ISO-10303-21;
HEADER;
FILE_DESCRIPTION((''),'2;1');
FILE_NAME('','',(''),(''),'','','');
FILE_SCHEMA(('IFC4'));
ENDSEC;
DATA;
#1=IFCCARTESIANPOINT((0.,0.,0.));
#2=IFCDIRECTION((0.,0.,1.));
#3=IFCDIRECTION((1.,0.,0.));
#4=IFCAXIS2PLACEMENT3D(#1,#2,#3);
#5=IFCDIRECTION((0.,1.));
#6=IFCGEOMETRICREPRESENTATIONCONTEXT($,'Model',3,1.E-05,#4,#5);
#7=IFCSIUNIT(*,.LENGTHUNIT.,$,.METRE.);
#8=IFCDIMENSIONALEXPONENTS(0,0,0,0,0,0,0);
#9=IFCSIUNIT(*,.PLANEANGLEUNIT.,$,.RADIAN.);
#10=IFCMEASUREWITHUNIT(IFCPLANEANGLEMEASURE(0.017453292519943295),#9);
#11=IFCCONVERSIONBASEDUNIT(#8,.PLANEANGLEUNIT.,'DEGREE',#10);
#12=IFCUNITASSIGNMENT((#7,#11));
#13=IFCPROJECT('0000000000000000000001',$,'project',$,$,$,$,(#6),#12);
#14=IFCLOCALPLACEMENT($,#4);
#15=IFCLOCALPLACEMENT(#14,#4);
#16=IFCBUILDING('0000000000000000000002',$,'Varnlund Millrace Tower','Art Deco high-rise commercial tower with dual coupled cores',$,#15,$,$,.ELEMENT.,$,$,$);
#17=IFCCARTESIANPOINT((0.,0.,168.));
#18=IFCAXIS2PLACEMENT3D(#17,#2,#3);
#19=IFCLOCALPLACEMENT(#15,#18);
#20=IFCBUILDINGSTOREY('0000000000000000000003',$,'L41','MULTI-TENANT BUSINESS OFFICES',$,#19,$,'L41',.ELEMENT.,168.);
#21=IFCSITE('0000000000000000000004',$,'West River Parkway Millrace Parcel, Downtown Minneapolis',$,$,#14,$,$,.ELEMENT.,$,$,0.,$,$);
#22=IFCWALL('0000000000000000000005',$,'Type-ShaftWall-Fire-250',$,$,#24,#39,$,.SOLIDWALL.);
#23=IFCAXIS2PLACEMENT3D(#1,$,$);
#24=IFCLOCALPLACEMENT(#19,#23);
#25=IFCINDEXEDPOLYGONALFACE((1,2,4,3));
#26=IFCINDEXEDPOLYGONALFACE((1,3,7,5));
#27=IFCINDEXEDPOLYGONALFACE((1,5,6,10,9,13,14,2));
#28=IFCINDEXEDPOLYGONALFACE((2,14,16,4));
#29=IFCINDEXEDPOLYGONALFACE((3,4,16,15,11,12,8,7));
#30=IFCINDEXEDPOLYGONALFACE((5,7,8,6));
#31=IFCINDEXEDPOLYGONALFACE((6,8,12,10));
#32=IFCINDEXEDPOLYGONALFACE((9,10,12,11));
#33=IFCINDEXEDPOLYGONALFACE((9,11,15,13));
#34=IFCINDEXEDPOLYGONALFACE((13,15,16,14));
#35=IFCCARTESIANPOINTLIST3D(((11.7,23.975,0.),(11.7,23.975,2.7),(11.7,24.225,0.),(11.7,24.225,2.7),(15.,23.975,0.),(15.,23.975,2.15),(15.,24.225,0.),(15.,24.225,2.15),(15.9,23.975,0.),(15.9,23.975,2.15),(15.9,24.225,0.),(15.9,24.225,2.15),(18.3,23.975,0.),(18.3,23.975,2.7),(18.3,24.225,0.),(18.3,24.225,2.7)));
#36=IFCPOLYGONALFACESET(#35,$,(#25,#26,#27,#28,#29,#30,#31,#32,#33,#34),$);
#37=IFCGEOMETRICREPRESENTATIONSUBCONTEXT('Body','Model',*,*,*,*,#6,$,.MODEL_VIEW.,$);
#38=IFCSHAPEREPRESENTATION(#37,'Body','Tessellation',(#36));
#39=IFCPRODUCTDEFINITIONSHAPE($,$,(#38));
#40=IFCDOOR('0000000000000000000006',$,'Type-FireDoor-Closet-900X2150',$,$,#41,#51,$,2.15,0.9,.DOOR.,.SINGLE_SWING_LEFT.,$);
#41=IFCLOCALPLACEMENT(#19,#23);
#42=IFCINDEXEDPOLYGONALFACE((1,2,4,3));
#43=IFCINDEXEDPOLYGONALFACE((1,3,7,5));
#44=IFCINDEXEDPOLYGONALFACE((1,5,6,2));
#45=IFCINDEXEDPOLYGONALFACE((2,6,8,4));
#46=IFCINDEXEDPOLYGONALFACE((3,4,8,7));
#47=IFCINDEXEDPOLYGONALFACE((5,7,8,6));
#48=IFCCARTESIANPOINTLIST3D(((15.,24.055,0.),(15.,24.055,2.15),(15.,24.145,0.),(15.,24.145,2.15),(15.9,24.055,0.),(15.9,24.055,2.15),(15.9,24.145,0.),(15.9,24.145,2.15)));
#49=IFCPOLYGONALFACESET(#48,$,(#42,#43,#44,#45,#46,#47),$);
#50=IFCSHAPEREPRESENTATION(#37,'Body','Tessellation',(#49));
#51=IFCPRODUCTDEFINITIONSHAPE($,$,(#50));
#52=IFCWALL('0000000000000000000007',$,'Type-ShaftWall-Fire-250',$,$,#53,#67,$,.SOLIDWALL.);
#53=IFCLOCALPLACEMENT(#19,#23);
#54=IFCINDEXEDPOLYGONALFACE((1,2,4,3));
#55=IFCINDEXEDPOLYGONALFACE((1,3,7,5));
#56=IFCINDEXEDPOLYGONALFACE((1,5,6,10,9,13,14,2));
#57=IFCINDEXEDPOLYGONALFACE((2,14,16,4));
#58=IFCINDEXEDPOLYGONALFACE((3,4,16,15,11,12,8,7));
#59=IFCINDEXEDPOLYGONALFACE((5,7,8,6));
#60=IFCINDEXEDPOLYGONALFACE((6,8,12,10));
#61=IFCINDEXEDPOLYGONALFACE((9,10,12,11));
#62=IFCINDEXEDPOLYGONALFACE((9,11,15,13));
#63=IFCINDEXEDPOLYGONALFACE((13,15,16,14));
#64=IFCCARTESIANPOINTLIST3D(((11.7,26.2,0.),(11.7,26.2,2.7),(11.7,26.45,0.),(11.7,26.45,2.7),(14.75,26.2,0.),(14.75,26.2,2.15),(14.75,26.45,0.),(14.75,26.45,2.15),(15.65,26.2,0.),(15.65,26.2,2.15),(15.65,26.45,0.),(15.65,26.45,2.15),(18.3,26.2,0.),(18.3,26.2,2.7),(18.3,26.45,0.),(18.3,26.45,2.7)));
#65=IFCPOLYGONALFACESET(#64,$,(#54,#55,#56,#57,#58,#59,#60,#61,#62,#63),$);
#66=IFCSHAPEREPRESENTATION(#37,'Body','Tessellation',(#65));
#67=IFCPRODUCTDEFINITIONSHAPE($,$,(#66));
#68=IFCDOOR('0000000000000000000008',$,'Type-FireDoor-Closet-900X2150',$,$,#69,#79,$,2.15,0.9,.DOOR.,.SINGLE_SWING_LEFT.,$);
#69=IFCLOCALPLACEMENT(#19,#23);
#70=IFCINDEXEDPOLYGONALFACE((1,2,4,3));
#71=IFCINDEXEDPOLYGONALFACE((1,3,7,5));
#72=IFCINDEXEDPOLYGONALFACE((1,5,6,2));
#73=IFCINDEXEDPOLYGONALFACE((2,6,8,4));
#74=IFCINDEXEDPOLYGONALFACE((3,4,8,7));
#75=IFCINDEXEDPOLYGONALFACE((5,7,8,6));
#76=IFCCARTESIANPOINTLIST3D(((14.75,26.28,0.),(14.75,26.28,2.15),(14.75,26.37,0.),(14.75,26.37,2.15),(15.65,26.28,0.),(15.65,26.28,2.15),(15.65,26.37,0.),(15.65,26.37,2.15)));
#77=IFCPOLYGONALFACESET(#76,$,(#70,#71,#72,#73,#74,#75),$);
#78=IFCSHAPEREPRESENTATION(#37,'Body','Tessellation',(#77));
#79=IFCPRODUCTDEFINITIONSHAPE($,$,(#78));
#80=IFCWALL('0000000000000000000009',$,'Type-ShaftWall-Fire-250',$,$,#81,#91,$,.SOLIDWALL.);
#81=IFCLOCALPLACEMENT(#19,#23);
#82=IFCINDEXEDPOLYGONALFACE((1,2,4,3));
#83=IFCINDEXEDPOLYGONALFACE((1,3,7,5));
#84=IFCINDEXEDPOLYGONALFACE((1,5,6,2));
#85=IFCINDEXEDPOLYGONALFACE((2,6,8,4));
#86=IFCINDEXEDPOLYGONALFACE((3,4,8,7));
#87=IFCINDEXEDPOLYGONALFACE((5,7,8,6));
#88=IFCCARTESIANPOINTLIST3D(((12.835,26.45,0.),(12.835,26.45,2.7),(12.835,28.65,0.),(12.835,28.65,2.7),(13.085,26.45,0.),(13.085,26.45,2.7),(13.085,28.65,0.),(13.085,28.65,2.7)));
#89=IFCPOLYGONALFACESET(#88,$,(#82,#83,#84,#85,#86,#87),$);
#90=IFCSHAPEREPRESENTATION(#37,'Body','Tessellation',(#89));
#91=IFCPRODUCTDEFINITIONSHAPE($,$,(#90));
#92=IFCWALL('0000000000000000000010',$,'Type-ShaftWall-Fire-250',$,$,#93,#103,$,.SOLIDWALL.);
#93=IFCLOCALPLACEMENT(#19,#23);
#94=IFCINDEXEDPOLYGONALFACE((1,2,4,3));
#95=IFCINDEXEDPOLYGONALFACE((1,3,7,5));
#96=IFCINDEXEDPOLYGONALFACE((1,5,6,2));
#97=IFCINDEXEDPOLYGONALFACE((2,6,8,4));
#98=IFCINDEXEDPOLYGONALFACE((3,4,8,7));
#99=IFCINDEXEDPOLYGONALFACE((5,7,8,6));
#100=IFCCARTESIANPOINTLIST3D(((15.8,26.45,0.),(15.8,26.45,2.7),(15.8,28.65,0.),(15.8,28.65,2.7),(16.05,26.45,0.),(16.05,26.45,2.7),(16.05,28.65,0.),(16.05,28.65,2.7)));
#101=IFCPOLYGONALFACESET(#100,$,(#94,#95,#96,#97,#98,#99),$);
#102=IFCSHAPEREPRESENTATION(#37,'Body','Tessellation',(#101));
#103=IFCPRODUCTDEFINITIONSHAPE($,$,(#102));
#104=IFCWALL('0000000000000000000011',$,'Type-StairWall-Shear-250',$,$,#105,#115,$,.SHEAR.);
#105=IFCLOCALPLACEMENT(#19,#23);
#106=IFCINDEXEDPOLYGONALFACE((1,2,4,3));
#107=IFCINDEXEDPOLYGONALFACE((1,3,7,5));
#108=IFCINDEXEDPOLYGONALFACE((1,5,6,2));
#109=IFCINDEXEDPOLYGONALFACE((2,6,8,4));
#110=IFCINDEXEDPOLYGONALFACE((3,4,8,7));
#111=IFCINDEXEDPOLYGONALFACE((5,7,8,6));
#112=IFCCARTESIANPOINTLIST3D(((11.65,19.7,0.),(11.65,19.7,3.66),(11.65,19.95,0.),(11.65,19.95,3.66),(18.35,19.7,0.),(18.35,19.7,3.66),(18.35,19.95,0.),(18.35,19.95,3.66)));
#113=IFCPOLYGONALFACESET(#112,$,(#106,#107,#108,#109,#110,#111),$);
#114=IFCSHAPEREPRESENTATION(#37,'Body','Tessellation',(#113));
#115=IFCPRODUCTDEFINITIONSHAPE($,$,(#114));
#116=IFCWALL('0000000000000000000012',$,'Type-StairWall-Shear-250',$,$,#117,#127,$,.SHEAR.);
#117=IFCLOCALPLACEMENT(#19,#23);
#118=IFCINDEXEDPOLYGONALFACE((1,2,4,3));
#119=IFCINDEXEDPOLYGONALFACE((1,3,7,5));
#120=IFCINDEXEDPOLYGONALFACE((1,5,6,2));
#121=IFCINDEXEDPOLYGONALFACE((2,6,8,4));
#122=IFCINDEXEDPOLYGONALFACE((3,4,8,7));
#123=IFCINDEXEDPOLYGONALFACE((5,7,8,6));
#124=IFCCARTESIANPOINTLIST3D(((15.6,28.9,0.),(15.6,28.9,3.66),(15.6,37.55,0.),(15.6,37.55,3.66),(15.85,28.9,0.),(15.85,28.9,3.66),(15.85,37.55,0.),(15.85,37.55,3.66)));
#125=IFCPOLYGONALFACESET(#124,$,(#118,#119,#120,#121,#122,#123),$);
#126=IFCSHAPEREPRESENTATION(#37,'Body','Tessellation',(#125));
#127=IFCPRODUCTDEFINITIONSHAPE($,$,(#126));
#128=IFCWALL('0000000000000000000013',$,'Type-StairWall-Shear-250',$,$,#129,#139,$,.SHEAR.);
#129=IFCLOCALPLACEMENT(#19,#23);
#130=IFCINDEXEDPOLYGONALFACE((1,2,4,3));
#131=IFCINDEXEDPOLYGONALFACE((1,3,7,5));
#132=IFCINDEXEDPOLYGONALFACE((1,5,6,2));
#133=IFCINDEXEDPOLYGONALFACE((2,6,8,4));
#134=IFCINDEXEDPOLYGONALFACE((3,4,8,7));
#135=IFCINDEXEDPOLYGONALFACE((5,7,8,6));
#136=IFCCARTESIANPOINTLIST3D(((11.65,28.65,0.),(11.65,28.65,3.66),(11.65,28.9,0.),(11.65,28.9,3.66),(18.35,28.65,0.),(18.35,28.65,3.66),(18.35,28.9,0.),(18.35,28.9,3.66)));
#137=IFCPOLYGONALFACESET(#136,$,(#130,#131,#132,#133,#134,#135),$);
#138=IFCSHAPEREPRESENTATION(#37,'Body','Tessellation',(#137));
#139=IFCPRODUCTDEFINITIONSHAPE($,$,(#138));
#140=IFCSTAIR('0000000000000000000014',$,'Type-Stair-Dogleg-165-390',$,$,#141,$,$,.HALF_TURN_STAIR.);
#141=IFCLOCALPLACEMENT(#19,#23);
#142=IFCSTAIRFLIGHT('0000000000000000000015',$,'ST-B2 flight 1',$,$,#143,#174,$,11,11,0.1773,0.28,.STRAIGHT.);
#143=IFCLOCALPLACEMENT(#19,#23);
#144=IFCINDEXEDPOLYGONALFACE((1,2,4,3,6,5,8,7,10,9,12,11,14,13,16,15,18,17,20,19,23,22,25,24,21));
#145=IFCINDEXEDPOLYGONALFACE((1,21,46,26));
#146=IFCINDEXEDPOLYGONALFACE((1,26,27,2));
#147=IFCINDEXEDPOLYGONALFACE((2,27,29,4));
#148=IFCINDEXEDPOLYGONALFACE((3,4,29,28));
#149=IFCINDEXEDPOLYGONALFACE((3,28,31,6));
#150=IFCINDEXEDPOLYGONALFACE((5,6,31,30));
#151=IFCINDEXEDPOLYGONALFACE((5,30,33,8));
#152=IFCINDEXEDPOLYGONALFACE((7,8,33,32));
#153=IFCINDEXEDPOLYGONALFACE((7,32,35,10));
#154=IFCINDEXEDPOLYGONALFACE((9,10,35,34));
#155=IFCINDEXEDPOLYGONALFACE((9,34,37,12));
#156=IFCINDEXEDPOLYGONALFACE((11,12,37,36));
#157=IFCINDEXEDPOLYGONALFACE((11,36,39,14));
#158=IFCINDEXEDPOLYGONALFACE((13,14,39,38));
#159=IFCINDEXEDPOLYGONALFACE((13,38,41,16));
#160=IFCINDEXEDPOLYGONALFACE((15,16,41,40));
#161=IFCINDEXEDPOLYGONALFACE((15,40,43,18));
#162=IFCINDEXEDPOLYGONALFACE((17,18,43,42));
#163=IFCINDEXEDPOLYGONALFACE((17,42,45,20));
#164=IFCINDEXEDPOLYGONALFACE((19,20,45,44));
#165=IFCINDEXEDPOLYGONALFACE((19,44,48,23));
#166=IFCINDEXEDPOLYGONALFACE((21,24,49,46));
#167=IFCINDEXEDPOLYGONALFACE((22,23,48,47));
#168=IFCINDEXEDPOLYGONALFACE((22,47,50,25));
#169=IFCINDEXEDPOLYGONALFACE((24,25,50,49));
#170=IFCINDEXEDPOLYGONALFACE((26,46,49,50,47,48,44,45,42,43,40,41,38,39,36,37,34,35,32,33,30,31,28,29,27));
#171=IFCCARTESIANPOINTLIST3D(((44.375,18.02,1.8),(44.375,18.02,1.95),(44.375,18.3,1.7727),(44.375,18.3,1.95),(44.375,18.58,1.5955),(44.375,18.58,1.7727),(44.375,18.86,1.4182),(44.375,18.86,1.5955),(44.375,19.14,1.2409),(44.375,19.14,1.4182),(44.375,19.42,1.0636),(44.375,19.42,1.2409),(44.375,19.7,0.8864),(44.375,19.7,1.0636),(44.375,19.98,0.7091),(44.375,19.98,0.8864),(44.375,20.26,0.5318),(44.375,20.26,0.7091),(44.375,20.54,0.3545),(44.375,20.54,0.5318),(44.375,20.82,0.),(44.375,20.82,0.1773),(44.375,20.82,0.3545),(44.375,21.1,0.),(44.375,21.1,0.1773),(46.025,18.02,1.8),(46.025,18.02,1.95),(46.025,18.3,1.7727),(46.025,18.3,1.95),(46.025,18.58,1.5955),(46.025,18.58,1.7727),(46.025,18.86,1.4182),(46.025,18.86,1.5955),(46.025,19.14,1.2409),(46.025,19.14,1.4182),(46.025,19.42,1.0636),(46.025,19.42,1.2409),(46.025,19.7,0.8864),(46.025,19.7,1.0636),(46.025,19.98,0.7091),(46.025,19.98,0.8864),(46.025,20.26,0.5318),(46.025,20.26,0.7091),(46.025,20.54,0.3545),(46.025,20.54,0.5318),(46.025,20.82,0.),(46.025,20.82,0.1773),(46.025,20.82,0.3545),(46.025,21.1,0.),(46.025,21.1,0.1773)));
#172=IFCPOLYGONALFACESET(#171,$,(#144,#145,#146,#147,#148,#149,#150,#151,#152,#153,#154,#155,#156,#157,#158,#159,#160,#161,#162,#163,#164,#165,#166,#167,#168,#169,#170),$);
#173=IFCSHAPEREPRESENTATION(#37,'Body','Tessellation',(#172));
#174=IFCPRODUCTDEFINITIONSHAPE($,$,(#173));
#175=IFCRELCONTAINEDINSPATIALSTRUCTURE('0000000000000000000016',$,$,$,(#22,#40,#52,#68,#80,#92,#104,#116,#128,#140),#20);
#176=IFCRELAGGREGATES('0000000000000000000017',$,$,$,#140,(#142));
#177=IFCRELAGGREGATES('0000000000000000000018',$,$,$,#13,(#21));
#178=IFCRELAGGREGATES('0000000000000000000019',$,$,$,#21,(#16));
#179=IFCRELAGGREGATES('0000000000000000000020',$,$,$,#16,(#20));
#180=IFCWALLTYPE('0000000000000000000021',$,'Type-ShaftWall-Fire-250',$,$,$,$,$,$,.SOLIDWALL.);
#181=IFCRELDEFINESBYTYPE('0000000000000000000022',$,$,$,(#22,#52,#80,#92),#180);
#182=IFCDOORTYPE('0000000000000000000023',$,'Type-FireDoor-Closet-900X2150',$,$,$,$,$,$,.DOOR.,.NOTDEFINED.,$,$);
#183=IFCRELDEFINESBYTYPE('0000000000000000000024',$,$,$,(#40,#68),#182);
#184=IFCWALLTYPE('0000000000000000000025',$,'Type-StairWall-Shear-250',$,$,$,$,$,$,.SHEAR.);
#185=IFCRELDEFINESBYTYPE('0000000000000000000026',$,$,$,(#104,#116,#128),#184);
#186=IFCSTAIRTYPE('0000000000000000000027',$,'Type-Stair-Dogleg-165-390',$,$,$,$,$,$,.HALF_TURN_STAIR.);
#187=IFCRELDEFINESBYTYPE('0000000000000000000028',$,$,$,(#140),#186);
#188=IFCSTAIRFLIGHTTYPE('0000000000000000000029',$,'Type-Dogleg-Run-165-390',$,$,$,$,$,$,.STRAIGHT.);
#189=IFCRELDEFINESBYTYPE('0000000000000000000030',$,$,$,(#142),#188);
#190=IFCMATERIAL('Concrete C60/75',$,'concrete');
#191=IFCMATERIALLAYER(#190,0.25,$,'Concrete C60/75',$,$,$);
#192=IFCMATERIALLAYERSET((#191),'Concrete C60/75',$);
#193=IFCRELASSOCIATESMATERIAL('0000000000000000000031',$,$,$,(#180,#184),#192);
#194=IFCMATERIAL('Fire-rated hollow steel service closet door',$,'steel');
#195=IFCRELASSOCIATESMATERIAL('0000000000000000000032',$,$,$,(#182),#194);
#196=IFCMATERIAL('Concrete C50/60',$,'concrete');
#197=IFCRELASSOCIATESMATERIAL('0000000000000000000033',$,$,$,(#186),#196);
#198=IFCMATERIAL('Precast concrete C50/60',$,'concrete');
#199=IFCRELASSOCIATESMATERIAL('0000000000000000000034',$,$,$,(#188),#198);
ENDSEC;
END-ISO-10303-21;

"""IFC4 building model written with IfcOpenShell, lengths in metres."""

from ifc_helpers import new_model, entity, si_unit, converted_unit, direction, frame, origin_with_axes, origin_2d_with_axis, place, context, subcontext, project, spatial, polyline, rectangle, outline, extrude, material, layer, layer_set, type_object, element, fill, aggregate, save


model = new_model("IFC4")

# Units and contexts
model_context = context("Model", 3, precision=1e-05, world=origin_with_axes(), true_north=direction((0.0, 1.0)))
body_context = subcontext(model_context, "Body", "Model", "MODEL_VIEW")
ifc_project = project(units=[si_unit("LENGTHUNIT", "METRE"), converted_unit("PLANEANGLEUNIT", "DEGREE", entity("IfcPlaneAngleMeasure", 0.017453292519943295), si_unit("PLANEANGLEUNIT", "RADIAN"), dimensions=[0, 0, 0, 0, 0, 0, 0])], contexts=[model_context])

# Site, building, storey
site_placement = place(None, origin_with_axes())
site = spatial("IfcSite", under=ifc_project, at=site_placement, Name="West River Parkway Millrace Parcel, Downtown Minneapolis", CompositionType="ELEMENT", RefElevation=0.0)
building_placement = place(site_placement, origin_with_axes())
building = spatial("IfcBuilding", under=site, at=building_placement, Name="Varnlund Millrace Tower", Description="Art Deco high-rise commercial tower with dual coupled cores", CompositionType="ELEMENT")
storey_placement = place(building_placement, frame((0.0, 0.0, 168.0), z_axis=(0.0, 0.0, 1.0), x_axis=(1.0, 0.0, 0.0)))
storey = spatial("IfcBuildingStorey", under=building, at=storey_placement, Name="L41", Description="MULTI-TENANT BUSINESS OFFICES", LongName="L41", CompositionType="ELEMENT", Elevation=168.0)

# Shared definitions
ifc_material_1 = material(Name="Concrete C60/75", Category="concrete")
ifc_layer_1 = layer(ifc_material_1, 0.25, Name="Concrete C60/75")
ifc_layer_set_1 = layer_set([ifc_layer_1], Name="Concrete C60/75")
wall_type_1 = type_object("IfcWallType", Name="Type-ShaftWall-Fire-250", PredefinedType="SOLIDWALL", material=ifc_layer_set_1)

# Walls, openings, doors
wall_1_placement = place(storey_placement, frame((11.7, 24.1, 0.0), z_axis=(0.0, 0.0, 1.0), x_axis=(1.0, 0.0, 0.0)))
wall_1 = element("IfcWall", 1, at=wall_1_placement, inside=storey, type_object=wall_type_1, Name="Type-ShaftWall-Fire-250", PredefinedType="SOLIDWALL", context=body_context, shape_type="SweptSolid", body=[
    extrude(outline(polyline([(0.0, -0.125), (6.6, -0.125), (6.6, 0.125), (0.0, 0.125), (0.0, -0.125)])), origin_with_axes(), (0.0, 0.0, 1.0), 2.7),
])
opening_1_placement = place(wall_1_placement, frame((3.75, 0.0, 0.0), z_axis=(0.0, 0.0, 1.0), x_axis=(1.0, 0.0, 0.0)))
opening_1 = element("IfcOpeningElement", 2, at=opening_1_placement, cuts=wall_1, PredefinedType="OPENING", context=body_context, shape_type="SweptSolid", body=[
    extrude(rectangle(XDim=0.9, YDim=0.27, at=origin_2d_with_axis()), origin_with_axes(), (0.0, 0.0, 1.0), 2.15),
])
ifc_material_2 = material(Name="Fire-rated hollow steel service closet door", Category="steel")
door_type_1 = type_object("IfcDoorType", Name="Type-FireDoor-Closet-900X2150", OperationType="NOTDEFINED", PredefinedType="DOOR", material=ifc_material_2)
door_1_placement = place(wall_1_placement, frame((3.75, 0.0, 0.0), z_axis=(0.0, 0.0, 1.0), x_axis=(1.0, 0.0, 0.0)))
door_1 = element("IfcDoor", 3, at=door_1_placement, inside=storey, type_object=door_type_1, Name="Type-FireDoor-Closet-900X2150", OperationType="SINGLE_SWING_LEFT", OverallHeight=2.15, OverallWidth=0.9, PredefinedType="DOOR", context=body_context, shape_type="SweptSolid", body=[
    extrude(rectangle(XDim=0.9, YDim=0.09, at=origin_2d_with_axis()), origin_with_axes(), (0.0, 0.0, 1.0), 2.15),
])
fill(opening_1, door_1)
wall_2_placement = place(storey_placement, frame((11.7, 26.325, 0.0), z_axis=(0.0, 0.0, 1.0), x_axis=(1.0, 0.0, 0.0)))
wall_2 = element("IfcWall", 4, at=wall_2_placement, inside=storey, type_object=wall_type_1, Name="Type-ShaftWall-Fire-250", PredefinedType="SOLIDWALL", context=body_context, shape_type="SweptSolid", body=[
    extrude(outline(polyline([(0.0, -0.125), (6.6, -0.125), (6.6, 0.125), (0.0, 0.125), (0.0, -0.125)])), origin_with_axes(), (0.0, 0.0, 1.0), 2.7),
])
opening_2_placement = place(wall_2_placement, frame((3.5, 0.0, 0.0), z_axis=(0.0, 0.0, 1.0), x_axis=(1.0, 0.0, 0.0)))
opening_2 = element("IfcOpeningElement", 5, at=opening_2_placement, cuts=wall_2, PredefinedType="OPENING", context=body_context, shape_type="SweptSolid", body=[
    extrude(rectangle(XDim=0.9, YDim=0.27, at=origin_2d_with_axis()), origin_with_axes(), (0.0, 0.0, 1.0), 2.15),
])
door_2_placement = place(wall_2_placement, frame((3.5, 0.0, 0.0), z_axis=(0.0, 0.0, 1.0), x_axis=(1.0, 0.0, 0.0)))
door_2 = element("IfcDoor", 6, at=door_2_placement, inside=storey, type_object=door_type_1, Name="Type-FireDoor-Closet-900X2150", OperationType="SINGLE_SWING_LEFT", OverallHeight=2.15, OverallWidth=0.9, PredefinedType="DOOR", context=body_context, shape_type="SweptSolid", body=[
    extrude(rectangle(XDim=0.9, YDim=0.09, at=origin_2d_with_axis()), origin_with_axes(), (0.0, 0.0, 1.0), 2.15),
])
fill(opening_2, door_2)

# Walls
for number, where, z_axis, x_axis, name in (
    (7, (12.96, 26.45, 0.0), (0.0, 0.0, 1.0), (0.0, 1.0, 0.0), "Type-ShaftWall-Fire-250"),
    (8, (15.925, 26.45, 0.0), (0.0, 0.0, 1.0), (0.0, 1.0, 0.0), "Type-ShaftWall-Fire-250"),
):
    element("IfcWall", number, at=place(storey_placement, frame(where, z_axis=z_axis, x_axis=x_axis)), inside=storey, type_object=wall_type_1, Name=name, PredefinedType="SOLIDWALL", context=body_context, shape_type="SweptSolid", body=[
        extrude(outline(polyline([(0.0, -0.125), (2.2, -0.125), (2.2, 0.125), (0.0, 0.125), (0.0, -0.125)])), origin_with_axes(), (0.0, 0.0, 1.0), 2.7),
    ])
wall_type_2 = type_object("IfcWallType", Name="Type-StairWall-Shear-250", PredefinedType="SHEAR", material=ifc_layer_set_1)
wall_3_placement = place(storey_placement, frame((11.65, 19.825, 0.0), z_axis=(0.0, 0.0, 1.0), x_axis=(1.0, 0.0, 0.0)))
element("IfcWall", 9, at=wall_3_placement, inside=storey, type_object=wall_type_2, Name="Type-StairWall-Shear-250", PredefinedType="SHEAR", context=body_context, shape_type="SweptSolid", body=[
    extrude(outline(polyline([(0.0, -0.125), (6.7, -0.125), (6.7, 0.125), (0.0, 0.125), (0.0, -0.125)])), origin_with_axes(), (0.0, 0.0, 1.0), 3.66),
])
wall_4_placement = place(storey_placement, frame((15.725, 28.9, 0.0), z_axis=(0.0, 0.0, 1.0), x_axis=(0.0, 1.0, 0.0)))
element("IfcWall", 10, at=wall_4_placement, inside=storey, type_object=wall_type_2, Name="Type-StairWall-Shear-250", PredefinedType="SHEAR", context=body_context, shape_type="SweptSolid", body=[
    extrude(outline(polyline([(0.0, -0.125), (8.65, -0.125), (8.65, 0.125), (0.0, 0.125), (0.0, -0.125)])), origin_with_axes(), (0.0, 0.0, 1.0), 3.66),
])
wall_5_placement = place(storey_placement, frame((11.65, 28.775, 0.0), z_axis=(0.0, 0.0, 1.0), x_axis=(1.0, 0.0, 0.0)))
element("IfcWall", 11, at=wall_5_placement, inside=storey, type_object=wall_type_2, Name="Type-StairWall-Shear-250", PredefinedType="SHEAR", context=body_context, shape_type="SweptSolid", body=[
    extrude(outline(polyline([(0.0, -0.125), (6.7, -0.125), (6.7, 0.125), (0.0, 0.125), (0.0, -0.125)])), origin_with_axes(), (0.0, 0.0, 1.0), 3.66),
])

# Stair, stair flight
ifc_material_3 = material(Name="Concrete C50/60", Category="concrete")
stair_type_1 = type_object("IfcStairType", Name="Type-Stair-Dogleg-165-390", PredefinedType="HALF_TURN_STAIR", material=ifc_material_3)
stair_1_placement = place(storey_placement, origin_with_axes())
stair_1 = element("IfcStair", 12, at=stair_1_placement, inside=storey, type_object=stair_type_1, Name="Type-Stair-Dogleg-165-390", PredefinedType="HALF_TURN_STAIR")
ifc_material_4 = material(Name="Precast concrete C50/60", Category="concrete")
stair_flight_type_1 = type_object("IfcStairFlightType", Name="Type-Dogleg-Run-165-390", PredefinedType="STRAIGHT", material=ifc_material_4)
stair_flight_1_placement = place(storey_placement, frame((46.025, 21.1, 0.0), z_axis=(-1.0, 0.0, 0.0), x_axis=(0.0, -1.0, 0.0)))
stair_flight_1 = element("IfcStairFlight", 13, at=stair_flight_1_placement, type_object=stair_flight_type_1, Name="ST-B2 flight 1", NumberOfRisers=11, NumberOfTreads=11, PredefinedType="STRAIGHT", RiserHeight=0.1773, TreadLength=0.28, context=body_context, shape_type="SweptSolid", body=[
    extrude(outline(polyline([(0.0, 0.0), (0.0, 0.1773), (0.28, 0.1773), (0.28, 0.3545), (0.56, 0.3545), (0.56, 0.5318), (0.84, 0.5318), (0.84, 0.7091), (1.12, 0.7091), (1.12, 0.8864), (1.4, 0.8864), (1.4, 1.0636), (1.68, 1.0636), (1.68, 1.2409), (1.96, 1.2409), (1.96, 1.4182), (2.24, 1.4182), (2.24, 1.5955), (2.52, 1.5955), (2.52, 1.7727), (2.8, 1.7727), (2.8, 1.95), (3.08, 1.95), (3.08, 1.8), (0.28, 0.0), (0.0, 0.0)])), origin_with_axes(), (0.0, 0.0, 1.0), 1.65),
])
aggregate(stair_1, [stair_flight_1])

save(model, "model.ifc")
